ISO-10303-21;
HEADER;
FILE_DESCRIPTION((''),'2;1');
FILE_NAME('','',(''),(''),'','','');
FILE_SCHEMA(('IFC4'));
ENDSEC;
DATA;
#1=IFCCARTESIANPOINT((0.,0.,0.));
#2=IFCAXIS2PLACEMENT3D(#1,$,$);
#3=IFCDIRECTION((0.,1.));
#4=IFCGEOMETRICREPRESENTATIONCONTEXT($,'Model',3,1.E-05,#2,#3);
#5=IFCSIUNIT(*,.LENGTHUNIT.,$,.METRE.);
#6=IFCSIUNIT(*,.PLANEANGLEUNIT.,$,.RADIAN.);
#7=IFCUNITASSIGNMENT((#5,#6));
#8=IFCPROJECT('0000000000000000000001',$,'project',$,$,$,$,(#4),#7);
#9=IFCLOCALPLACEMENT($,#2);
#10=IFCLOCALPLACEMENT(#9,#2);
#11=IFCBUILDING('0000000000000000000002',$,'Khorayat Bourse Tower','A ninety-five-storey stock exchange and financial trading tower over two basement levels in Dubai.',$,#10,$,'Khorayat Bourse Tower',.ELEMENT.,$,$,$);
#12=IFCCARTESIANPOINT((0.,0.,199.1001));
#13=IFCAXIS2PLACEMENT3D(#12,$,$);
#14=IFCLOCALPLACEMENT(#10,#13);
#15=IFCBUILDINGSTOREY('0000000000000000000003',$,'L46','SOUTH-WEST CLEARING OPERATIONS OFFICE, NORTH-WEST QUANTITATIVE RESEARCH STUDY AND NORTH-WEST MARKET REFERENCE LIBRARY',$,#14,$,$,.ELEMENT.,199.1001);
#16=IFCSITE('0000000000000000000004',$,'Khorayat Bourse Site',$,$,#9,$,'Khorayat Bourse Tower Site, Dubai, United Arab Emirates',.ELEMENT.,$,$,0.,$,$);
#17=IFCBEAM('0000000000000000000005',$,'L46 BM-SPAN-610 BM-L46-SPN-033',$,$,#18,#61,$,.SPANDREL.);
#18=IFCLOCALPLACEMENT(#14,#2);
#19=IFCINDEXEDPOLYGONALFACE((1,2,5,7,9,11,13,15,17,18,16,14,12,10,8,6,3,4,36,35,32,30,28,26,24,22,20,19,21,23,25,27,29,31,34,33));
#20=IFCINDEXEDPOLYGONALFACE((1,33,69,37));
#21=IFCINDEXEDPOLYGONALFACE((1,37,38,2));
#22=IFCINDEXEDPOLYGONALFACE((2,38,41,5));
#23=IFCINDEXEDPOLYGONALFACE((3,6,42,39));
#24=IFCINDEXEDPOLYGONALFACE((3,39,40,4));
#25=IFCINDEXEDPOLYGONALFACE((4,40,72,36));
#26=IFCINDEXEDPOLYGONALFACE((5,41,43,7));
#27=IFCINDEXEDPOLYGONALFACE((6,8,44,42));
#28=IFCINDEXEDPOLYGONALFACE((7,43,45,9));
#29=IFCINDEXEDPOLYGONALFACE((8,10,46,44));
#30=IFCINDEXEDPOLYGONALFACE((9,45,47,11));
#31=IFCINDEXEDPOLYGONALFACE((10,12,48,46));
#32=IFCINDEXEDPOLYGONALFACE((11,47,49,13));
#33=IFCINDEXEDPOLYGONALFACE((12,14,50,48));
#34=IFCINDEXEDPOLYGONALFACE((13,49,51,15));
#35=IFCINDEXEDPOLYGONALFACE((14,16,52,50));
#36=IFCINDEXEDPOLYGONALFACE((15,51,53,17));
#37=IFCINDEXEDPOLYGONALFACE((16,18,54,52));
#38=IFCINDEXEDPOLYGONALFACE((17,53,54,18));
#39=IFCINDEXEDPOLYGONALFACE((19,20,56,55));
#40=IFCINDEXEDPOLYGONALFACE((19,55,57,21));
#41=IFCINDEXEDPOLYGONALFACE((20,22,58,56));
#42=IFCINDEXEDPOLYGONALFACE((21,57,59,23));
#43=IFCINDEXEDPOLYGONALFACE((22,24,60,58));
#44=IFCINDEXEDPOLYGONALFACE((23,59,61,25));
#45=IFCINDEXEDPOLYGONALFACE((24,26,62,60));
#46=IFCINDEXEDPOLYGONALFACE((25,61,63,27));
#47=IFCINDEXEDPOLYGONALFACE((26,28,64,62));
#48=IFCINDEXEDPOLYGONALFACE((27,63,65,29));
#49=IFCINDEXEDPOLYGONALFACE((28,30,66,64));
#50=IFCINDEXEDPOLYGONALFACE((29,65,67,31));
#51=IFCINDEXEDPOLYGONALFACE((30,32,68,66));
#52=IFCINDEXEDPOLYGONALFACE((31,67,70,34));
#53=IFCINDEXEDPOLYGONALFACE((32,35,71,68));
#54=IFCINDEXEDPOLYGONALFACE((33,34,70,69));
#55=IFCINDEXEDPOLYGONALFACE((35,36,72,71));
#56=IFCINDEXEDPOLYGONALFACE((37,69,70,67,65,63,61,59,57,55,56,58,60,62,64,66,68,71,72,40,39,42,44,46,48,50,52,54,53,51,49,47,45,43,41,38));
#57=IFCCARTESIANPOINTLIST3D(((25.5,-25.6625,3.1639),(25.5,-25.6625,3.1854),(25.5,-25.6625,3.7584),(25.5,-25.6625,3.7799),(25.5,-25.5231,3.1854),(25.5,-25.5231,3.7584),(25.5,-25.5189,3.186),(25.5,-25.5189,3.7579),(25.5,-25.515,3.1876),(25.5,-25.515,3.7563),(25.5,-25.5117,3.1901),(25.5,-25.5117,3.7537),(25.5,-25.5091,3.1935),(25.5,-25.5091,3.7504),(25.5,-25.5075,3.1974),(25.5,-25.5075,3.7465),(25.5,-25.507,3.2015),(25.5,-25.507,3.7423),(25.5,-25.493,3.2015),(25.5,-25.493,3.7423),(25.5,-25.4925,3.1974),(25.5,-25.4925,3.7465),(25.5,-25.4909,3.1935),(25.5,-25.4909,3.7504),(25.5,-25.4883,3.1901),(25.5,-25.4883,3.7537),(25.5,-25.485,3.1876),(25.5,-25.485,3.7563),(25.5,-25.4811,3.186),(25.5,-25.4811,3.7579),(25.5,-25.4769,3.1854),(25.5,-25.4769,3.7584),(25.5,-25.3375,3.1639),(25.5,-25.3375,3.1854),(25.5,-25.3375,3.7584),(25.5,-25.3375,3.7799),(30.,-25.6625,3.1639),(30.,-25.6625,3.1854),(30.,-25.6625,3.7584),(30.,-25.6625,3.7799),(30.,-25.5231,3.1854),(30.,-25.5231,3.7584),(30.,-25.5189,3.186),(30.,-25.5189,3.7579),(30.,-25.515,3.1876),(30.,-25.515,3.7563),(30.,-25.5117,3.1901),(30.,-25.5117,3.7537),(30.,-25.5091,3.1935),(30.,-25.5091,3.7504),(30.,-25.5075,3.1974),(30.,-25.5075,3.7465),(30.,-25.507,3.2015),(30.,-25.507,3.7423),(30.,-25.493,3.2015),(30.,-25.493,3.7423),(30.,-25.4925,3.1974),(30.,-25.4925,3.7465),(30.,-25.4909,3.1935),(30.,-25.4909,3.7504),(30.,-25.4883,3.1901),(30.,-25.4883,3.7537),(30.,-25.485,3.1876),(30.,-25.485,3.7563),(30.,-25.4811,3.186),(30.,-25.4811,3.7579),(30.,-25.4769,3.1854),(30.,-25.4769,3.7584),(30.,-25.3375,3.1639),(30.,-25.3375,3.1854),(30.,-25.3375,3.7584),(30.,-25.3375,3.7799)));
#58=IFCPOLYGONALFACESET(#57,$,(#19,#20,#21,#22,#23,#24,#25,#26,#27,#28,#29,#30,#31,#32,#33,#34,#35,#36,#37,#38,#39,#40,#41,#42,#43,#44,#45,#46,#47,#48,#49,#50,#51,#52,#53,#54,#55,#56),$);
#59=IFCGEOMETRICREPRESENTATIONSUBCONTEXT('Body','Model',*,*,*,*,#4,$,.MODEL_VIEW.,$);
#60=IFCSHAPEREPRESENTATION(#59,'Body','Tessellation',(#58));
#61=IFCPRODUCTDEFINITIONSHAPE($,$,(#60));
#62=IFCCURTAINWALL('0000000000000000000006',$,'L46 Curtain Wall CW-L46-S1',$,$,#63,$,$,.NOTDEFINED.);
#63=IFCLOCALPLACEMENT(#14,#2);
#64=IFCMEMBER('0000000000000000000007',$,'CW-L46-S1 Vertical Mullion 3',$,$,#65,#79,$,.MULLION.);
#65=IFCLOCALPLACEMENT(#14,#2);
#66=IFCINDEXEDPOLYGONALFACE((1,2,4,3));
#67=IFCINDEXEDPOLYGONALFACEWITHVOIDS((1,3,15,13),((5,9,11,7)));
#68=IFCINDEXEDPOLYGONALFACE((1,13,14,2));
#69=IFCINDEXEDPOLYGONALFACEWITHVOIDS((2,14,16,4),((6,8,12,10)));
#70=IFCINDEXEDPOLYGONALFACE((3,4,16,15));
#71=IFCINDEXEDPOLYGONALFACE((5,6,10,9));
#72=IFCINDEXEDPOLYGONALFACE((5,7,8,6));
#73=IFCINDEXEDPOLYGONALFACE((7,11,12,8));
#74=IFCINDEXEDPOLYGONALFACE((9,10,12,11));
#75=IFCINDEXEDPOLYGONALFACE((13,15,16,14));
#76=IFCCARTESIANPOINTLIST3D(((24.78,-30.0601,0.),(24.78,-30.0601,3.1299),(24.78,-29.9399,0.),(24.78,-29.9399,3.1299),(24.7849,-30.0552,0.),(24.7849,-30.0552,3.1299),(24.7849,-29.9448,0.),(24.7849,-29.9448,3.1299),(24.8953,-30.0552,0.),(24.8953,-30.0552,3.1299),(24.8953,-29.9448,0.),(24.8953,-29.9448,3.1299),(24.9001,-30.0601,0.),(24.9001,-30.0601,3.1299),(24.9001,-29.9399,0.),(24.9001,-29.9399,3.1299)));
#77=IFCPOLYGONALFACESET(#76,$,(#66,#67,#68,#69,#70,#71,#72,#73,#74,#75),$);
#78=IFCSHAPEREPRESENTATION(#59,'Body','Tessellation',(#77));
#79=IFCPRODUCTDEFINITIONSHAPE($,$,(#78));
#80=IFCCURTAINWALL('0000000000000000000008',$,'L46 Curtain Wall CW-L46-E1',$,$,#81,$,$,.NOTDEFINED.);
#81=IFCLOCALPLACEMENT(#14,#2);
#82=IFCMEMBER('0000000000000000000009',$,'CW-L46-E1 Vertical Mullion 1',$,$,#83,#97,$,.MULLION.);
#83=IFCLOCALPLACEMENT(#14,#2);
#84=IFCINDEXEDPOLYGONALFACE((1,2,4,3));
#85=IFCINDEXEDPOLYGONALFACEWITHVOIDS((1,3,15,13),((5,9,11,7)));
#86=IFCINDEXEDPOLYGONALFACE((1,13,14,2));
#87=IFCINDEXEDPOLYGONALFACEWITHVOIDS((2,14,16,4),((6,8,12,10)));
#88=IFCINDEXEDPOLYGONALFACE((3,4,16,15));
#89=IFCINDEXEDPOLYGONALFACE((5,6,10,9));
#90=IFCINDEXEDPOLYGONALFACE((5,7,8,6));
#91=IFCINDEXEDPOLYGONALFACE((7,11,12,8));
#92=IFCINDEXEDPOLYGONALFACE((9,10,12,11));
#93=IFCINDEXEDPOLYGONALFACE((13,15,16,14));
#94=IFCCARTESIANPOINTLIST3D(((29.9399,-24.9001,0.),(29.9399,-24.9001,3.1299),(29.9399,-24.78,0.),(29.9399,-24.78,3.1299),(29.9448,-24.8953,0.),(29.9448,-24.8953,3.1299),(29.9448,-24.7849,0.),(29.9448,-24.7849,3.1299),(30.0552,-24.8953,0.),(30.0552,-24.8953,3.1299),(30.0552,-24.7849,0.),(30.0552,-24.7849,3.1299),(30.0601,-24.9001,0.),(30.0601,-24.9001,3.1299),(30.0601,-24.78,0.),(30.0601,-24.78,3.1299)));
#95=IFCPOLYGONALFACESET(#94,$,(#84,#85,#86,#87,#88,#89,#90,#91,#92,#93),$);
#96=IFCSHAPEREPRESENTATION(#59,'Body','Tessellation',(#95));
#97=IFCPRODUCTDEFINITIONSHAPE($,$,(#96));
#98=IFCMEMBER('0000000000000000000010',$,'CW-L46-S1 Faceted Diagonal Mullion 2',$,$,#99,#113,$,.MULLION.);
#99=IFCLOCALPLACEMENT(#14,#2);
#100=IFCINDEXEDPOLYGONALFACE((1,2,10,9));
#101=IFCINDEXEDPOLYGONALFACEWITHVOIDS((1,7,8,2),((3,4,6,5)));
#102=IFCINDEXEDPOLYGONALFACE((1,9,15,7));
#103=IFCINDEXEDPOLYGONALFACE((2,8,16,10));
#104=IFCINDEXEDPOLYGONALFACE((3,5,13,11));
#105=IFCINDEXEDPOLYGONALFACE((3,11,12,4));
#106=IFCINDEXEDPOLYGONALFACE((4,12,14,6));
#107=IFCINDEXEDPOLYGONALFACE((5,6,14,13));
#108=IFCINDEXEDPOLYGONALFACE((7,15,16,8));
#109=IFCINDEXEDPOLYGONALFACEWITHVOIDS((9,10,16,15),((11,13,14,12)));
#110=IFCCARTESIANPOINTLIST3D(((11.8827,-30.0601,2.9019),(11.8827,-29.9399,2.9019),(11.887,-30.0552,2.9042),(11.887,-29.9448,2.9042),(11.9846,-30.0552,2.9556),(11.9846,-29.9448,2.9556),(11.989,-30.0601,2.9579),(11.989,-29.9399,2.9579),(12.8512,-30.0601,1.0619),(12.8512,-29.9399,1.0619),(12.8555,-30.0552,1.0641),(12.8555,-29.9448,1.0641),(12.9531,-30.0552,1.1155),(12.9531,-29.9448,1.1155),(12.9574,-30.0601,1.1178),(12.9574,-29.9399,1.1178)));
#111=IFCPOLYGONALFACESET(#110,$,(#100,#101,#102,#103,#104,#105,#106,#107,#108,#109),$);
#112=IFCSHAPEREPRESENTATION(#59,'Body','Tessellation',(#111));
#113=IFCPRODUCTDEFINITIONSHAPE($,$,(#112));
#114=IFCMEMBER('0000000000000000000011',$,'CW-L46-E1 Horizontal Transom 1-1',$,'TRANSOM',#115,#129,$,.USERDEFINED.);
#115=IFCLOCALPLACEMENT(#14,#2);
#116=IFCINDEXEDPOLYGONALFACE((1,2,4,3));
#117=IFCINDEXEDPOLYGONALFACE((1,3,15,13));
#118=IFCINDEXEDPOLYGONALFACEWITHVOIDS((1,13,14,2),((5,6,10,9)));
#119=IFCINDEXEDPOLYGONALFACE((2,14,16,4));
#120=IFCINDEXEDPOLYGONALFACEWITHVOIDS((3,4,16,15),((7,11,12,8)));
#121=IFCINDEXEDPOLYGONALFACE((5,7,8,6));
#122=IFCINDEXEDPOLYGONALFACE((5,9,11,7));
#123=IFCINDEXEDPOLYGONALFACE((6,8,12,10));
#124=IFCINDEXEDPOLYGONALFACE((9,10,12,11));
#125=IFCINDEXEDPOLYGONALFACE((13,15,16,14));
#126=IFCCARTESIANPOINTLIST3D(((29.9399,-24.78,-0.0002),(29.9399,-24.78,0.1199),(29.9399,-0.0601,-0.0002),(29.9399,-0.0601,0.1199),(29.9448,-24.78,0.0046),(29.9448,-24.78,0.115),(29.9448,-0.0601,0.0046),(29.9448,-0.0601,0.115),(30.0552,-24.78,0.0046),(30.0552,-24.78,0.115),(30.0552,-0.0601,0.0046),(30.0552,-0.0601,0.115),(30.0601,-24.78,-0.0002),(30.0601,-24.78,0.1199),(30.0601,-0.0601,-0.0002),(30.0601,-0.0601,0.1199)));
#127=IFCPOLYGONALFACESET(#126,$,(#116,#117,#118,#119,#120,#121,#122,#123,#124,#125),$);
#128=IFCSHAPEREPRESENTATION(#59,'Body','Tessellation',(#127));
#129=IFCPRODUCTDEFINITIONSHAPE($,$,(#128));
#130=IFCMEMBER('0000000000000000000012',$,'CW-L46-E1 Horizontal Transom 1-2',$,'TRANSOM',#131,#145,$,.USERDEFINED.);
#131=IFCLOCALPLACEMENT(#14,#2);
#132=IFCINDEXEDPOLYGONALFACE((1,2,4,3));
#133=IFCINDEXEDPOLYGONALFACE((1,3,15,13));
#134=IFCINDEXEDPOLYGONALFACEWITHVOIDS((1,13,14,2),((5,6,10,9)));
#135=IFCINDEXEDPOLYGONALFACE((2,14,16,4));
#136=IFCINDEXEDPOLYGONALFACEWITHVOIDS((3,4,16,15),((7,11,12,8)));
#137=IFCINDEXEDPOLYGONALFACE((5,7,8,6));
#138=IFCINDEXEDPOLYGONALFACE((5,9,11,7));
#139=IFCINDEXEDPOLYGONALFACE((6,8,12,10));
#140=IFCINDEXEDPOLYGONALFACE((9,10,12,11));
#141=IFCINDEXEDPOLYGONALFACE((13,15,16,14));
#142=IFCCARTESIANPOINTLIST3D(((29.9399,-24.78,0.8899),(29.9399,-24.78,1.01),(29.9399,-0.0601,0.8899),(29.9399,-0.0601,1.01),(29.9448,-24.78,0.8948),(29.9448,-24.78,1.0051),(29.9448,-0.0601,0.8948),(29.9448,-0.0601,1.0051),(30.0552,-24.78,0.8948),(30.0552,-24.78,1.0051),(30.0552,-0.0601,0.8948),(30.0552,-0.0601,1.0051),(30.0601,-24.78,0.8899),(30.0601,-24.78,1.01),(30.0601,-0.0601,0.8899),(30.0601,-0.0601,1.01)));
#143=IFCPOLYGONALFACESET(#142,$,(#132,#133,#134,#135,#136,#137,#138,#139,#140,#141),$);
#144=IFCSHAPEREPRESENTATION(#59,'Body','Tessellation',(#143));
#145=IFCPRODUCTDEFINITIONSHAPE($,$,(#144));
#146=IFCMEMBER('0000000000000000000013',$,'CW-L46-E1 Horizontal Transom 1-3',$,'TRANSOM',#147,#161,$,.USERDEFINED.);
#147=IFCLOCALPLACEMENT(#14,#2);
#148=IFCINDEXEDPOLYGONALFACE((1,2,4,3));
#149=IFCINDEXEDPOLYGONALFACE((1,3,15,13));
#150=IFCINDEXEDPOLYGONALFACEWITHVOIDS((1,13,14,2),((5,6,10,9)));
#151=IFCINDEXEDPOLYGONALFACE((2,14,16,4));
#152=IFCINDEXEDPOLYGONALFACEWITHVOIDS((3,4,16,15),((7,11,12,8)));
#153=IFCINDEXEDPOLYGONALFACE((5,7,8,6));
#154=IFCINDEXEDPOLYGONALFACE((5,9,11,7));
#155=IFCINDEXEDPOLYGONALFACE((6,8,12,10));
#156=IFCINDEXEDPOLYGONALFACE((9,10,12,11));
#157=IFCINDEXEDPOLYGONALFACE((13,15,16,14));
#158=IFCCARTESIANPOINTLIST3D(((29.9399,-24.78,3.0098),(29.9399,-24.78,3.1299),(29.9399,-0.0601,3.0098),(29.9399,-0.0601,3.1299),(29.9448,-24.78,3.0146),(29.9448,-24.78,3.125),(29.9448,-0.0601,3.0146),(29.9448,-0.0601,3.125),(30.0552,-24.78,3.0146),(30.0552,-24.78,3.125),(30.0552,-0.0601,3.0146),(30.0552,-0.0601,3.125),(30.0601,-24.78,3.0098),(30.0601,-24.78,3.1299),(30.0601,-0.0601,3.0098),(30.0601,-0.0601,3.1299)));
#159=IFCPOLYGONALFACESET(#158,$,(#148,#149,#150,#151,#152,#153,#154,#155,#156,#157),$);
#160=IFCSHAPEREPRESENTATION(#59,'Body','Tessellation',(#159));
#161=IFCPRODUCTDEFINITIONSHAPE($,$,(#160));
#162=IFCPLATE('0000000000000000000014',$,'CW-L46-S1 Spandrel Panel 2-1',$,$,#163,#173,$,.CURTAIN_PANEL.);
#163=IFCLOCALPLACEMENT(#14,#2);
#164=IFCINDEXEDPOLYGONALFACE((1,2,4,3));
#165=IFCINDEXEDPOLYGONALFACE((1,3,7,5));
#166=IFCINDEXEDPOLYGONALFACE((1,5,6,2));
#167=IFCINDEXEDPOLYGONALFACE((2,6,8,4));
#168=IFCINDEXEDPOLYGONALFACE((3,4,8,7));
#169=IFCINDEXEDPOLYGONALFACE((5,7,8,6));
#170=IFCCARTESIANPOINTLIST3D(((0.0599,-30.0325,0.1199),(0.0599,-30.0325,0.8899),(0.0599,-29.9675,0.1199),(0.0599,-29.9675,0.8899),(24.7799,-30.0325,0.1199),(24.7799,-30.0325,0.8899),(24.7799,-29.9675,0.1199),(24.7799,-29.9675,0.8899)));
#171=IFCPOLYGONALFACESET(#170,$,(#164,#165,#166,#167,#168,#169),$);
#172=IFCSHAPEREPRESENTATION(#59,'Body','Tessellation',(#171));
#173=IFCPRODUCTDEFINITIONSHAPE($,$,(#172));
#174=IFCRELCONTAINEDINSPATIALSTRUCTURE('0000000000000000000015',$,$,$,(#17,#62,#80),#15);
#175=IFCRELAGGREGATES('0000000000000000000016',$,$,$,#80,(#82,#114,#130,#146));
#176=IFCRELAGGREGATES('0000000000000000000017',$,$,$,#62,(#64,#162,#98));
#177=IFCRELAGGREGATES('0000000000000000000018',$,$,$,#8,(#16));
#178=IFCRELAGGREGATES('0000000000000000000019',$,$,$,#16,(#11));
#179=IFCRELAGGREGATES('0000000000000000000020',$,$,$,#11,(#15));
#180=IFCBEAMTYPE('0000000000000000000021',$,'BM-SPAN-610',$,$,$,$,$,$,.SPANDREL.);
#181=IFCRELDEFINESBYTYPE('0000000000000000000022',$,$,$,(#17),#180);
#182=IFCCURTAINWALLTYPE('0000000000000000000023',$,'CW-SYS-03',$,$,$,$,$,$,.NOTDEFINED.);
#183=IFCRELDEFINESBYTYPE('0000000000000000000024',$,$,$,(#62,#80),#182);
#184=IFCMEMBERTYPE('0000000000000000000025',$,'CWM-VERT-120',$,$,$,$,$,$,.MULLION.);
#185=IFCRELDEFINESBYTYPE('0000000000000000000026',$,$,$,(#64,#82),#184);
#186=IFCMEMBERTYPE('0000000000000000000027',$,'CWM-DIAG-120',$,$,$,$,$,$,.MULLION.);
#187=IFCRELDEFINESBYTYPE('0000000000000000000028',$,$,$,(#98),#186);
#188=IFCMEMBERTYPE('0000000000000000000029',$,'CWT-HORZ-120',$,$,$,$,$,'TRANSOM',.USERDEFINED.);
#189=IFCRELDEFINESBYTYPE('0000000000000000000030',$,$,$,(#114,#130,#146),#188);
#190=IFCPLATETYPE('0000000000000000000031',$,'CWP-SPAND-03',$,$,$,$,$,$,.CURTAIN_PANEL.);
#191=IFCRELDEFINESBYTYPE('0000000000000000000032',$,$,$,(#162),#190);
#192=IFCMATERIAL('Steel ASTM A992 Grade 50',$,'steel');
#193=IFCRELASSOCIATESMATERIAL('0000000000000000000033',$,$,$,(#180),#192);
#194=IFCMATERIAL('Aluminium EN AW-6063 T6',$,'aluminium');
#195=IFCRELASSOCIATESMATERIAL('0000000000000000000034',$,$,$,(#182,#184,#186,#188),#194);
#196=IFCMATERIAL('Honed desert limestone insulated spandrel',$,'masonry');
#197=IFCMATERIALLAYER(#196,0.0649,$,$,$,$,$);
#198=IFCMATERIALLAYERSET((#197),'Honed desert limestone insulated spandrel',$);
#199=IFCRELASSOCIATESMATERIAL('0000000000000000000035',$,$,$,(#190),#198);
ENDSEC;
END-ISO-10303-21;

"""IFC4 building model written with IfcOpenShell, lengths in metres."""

from ifc_helpers import new_model, si_unit, direction, frame, origin, origin_2d, place, context, subcontext, project, spatial, rectangle, hollow_rectangle, i_section, extrude, source, transform, mapped, material, layer, layer_set, material_profile, profile_set, type_object, element, aggregate, save


model = new_model("IFC4")

# Units and contexts
model_context = context("Model", 3, precision=1e-05, world=origin(), true_north=direction((0.0, 1.0)))
body_context = subcontext(model_context, "Body", "Model", "MODEL_VIEW")
ifc_project = project(units=[si_unit("LENGTHUNIT", "METRE"), si_unit("PLANEANGLEUNIT", "RADIAN")], contexts=[model_context])

# Site, building, storey
site_placement = place(None, origin())
site = spatial("IfcSite", under=ifc_project, at=site_placement, Name="Khorayat Bourse Site", LongName="Khorayat Bourse Tower Site, Dubai, United Arab Emirates", CompositionType="ELEMENT", RefElevation=0.0)
building_placement = place(site_placement, origin())
building = spatial("IfcBuilding", under=site, at=building_placement, Name="Khorayat Bourse Tower", Description="A ninety-five-storey stock exchange and financial trading tower over two basement levels in Dubai.", LongName="Khorayat Bourse Tower", CompositionType="ELEMENT")
storey_placement = place(building_placement, frame((0.0, 0.0, 199.1001)))
storey = spatial("IfcBuildingStorey", under=building, at=storey_placement, Name="L46", Description="SOUTH-WEST CLEARING OPERATIONS OFFICE, NORTH-WEST QUANTITATIVE RESEARCH STUDY AND NORTH-WEST MARKET REFERENCE LIBRARY", CompositionType="ELEMENT", Elevation=199.1001)

# Beam
ifc_material_1 = material(Name="Steel ASTM A992 Grade 50", Category="steel")
ifc_material_profile_1 = material_profile(ifc_material_1, i_section(OverallWidth=0.325, OverallDepth=0.616, WebThickness=0.0139, FlangeThickness=0.0215, FilletRadius=0.0161, at=origin_2d()), Name="W610X174")
ifc_profile_set_1 = profile_set([ifc_material_profile_1], Name="Steel ASTM A992 Grade 50")
beam_type_1 = type_object("IfcBeamType", Name="BM-SPAN-610", PredefinedType="SPANDREL", material=ifc_profile_set_1)
shared_shape_1 = source(origin(), body_context, "Body", "SweptSolid", [
    extrude(i_section(OverallWidth=0.325, OverallDepth=0.616, WebThickness=0.0139, FlangeThickness=0.0215, FilletRadius=0.0161, at=origin_2d()), origin(), (0.0, 0.0, 1.0), 4.5),
])
for number, where, z_axis, x_axis, name in (
    (1, (25.5, -25.5, 3.4719), (1.0, 0.0, 0.0), (0.0, 1.0, 0.0), "L46 BM-SPAN-610 BM-L46-SPN-033"),
):
    element("IfcBeam", number, at=place(storey_placement, frame(where, z_axis=z_axis, x_axis=x_axis)), inside=storey, type_object=beam_type_1, Name=name, PredefinedType="SPANDREL", context=body_context, shape_type="MappedRepresentation", body=[
        mapped(shared_shape_1, transform((0.0, 0.0, 0.0), scale=1.0)),
    ])

# Curtain walls, members
ifc_material_2 = material(Name="Aluminium EN AW-6063 T6", Category="aluminium")
curtain_wall_type = type_object("IfcCurtainWallType", Name="CW-SYS-03", PredefinedType="NOTDEFINED", material=ifc_material_2)
curtain_wall_1_placement = place(storey_placement, origin())
curtain_wall_1 = element("IfcCurtainWall", 2, at=curtain_wall_1_placement, inside=storey, type_object=curtain_wall_type, Name="L46 Curtain Wall CW-L46-S1", PredefinedType="NOTDEFINED")
ifc_material_profile_2 = material_profile(ifc_material_2, hollow_rectangle(XDim=0.1201, YDim=0.1201, WallThickness=0.0049, at=origin_2d()), Name="ALU 120x120x5")
ifc_profile_set_2 = profile_set([ifc_material_profile_2], Name="Aluminium EN AW-6063 T6")
member_type_1 = type_object("IfcMemberType", Name="CWM-VERT-120", PredefinedType="MULLION", material=ifc_profile_set_2)
shared_shape_2 = source(origin(), body_context, "Body", "SweptSolid", [
    extrude(hollow_rectangle(XDim=0.1201, YDim=0.1201, WallThickness=0.0049, at=origin_2d()), origin(), (0.0, 0.0, 1.0), 3.1299),
])
member_1_placement = place(storey_placement, frame((24.8401, -30.0, 0.0), z_axis=(0.0, 0.0, 1.0), x_axis=(0.0, 1.0, 0.0)))
member_1 = element("IfcMember", 3, at=member_1_placement, type_object=member_type_1, Name="CW-L46-S1 Vertical Mullion 3", PredefinedType="MULLION", context=body_context, shape_type="MappedRepresentation", body=[
    mapped(shared_shape_2, transform((0.0, 0.0, 0.0), scale=1.0)),
])
curtain_wall_2_placement = place(storey_placement, origin())
curtain_wall_2 = element("IfcCurtainWall", 4, at=curtain_wall_2_placement, inside=storey, type_object=curtain_wall_type, Name="L46 Curtain Wall CW-L46-E1", PredefinedType="NOTDEFINED")
member_2_placement = place(storey_placement, frame((30.0, -24.8401, 0.0), z_axis=(0.0, 0.0, 1.0), x_axis=(-1.0, 0.0, 0.0)))
member_2 = element("IfcMember", 5, at=member_2_placement, type_object=member_type_1, Name="CW-L46-E1 Vertical Mullion 1", PredefinedType="MULLION", context=body_context, shape_type="MappedRepresentation", body=[
    mapped(shared_shape_2, transform((0.0, 0.0, 0.0), scale=1.0)),
])

# Members
ifc_material_profile_3 = material_profile(ifc_material_2, hollow_rectangle(XDim=0.1201, YDim=0.1201, WallThickness=0.0049, at=origin_2d()), Name="ALU 120x120x5")
ifc_profile_set_3 = profile_set([ifc_material_profile_3], Name="Aluminium EN AW-6063 T6")
member_type_2 = type_object("IfcMemberType", Name="CWM-DIAG-120", PredefinedType="MULLION", material=ifc_profile_set_3)
shared_shape_3 = source(origin(), body_context, "Body", "SweptSolid", [
    extrude(hollow_rectangle(XDim=0.1201, YDim=0.1201, WallThickness=0.0049, at=origin_2d()), origin(), (0.0, 0.0, 1.0), 2.0793),
])
member_3_placement = place(storey_placement, frame((12.9043, -30.0, 1.0898), z_axis=(-0.465761, 0.0, 0.884911), x_axis=(0.0, -1.0, 0.0)))
member_3 = element("IfcMember", 6, at=member_3_placement, type_object=member_type_2, Name="CW-L46-S1 Faceted Diagonal Mullion 2", PredefinedType="MULLION", context=body_context, shape_type="MappedRepresentation", body=[
    mapped(shared_shape_3, transform((0.0, 0.0, 0.0), scale=1.0)),
])
ifc_material_profile_4 = material_profile(ifc_material_2, hollow_rectangle(XDim=0.1201, YDim=0.1201, WallThickness=0.0049, at=origin_2d()), Name="ALU 120x120x5")
ifc_profile_set_4 = profile_set([ifc_material_profile_4], Name="Aluminium EN AW-6063 T6")
member_type_3 = type_object("IfcMemberType", Name="CWT-HORZ-120", ElementType="TRANSOM", PredefinedType="USERDEFINED", material=ifc_profile_set_4)
shared_shape_4 = source(origin(), body_context, "Body", "SweptSolid", [
    extrude(hollow_rectangle(XDim=0.1201, YDim=0.1201, WallThickness=0.0049, at=origin_2d()), origin(), (0.0, 0.0, 1.0), 24.72),
])
member_4_placement = place(storey_placement, frame((30.0, -24.78, 0.0598), z_axis=(0.0, 1.0, 0.0), x_axis=(-1.0, 0.0, 0.0)))
member_4 = element("IfcMember", 7, at=member_4_placement, type_object=member_type_3, Name="CW-L46-E1 Horizontal Transom 1-1", ObjectType="TRANSOM", PredefinedType="USERDEFINED", context=body_context, shape_type="MappedRepresentation", body=[
    mapped(shared_shape_4, transform((0.0, 0.0, 0.0), scale=1.0)),
])
member_5_placement = place(storey_placement, frame((30.0, -24.78, 0.95), z_axis=(0.0, 1.0, 0.0), x_axis=(-1.0, 0.0, 0.0)))
member_5 = element("IfcMember", 8, at=member_5_placement, type_object=member_type_3, Name="CW-L46-E1 Horizontal Transom 1-2", ObjectType="TRANSOM", PredefinedType="USERDEFINED", context=body_context, shape_type="MappedRepresentation", body=[
    mapped(shared_shape_4, transform((0.0, 0.0, 0.0), scale=1.0)),
])
member_6_placement = place(storey_placement, frame((30.0, -24.78, 3.0698), z_axis=(0.0, 1.0, 0.0), x_axis=(-1.0, 0.0, 0.0)))
member_6 = element("IfcMember", 9, at=member_6_placement, type_object=member_type_3, Name="CW-L46-E1 Horizontal Transom 1-3", ObjectType="TRANSOM", PredefinedType="USERDEFINED", context=body_context, shape_type="MappedRepresentation", body=[
    mapped(shared_shape_4, transform((0.0, 0.0, 0.0), scale=1.0)),
])
aggregate(curtain_wall_2, [member_2, member_4, member_5, member_6])

# Plate
ifc_material_3 = material(Name="Honed desert limestone insulated spandrel", Category="masonry")
ifc_layer_1 = layer(ifc_material_3, 0.0649)
ifc_layer_set_1 = layer_set([ifc_layer_1], Name="Honed desert limestone insulated spandrel")
plate_type_1 = type_object("IfcPlateType", Name="CWP-SPAND-03", PredefinedType="CURTAIN_PANEL", material=ifc_layer_set_1)
shared_shape_5 = source(origin(), body_context, "Body", "SweptSolid", [
    extrude(rectangle(XDim=24.72, YDim=0.0649, at=origin_2d()), origin(), (0.0, 0.0, 1.0), 0.77),
])
plate_1_placement = place(storey_placement, frame((12.4199, -30.0, 0.1199), z_axis=(0.0, 0.0, 1.0), x_axis=(1.0, 0.0, 0.0)))
plate_1 = element("IfcPlate", 10, at=plate_1_placement, type_object=plate_type_1, Name="CW-L46-S1 Spandrel Panel 2-1", PredefinedType="CURTAIN_PANEL", context=body_context, shape_type="MappedRepresentation", body=[
    mapped(shared_shape_5, transform((0.0, 0.0, 0.0), scale=1.0)),
])
aggregate(curtain_wall_1, [member_1, plate_1, member_3])

save(model, "model.ifc")
